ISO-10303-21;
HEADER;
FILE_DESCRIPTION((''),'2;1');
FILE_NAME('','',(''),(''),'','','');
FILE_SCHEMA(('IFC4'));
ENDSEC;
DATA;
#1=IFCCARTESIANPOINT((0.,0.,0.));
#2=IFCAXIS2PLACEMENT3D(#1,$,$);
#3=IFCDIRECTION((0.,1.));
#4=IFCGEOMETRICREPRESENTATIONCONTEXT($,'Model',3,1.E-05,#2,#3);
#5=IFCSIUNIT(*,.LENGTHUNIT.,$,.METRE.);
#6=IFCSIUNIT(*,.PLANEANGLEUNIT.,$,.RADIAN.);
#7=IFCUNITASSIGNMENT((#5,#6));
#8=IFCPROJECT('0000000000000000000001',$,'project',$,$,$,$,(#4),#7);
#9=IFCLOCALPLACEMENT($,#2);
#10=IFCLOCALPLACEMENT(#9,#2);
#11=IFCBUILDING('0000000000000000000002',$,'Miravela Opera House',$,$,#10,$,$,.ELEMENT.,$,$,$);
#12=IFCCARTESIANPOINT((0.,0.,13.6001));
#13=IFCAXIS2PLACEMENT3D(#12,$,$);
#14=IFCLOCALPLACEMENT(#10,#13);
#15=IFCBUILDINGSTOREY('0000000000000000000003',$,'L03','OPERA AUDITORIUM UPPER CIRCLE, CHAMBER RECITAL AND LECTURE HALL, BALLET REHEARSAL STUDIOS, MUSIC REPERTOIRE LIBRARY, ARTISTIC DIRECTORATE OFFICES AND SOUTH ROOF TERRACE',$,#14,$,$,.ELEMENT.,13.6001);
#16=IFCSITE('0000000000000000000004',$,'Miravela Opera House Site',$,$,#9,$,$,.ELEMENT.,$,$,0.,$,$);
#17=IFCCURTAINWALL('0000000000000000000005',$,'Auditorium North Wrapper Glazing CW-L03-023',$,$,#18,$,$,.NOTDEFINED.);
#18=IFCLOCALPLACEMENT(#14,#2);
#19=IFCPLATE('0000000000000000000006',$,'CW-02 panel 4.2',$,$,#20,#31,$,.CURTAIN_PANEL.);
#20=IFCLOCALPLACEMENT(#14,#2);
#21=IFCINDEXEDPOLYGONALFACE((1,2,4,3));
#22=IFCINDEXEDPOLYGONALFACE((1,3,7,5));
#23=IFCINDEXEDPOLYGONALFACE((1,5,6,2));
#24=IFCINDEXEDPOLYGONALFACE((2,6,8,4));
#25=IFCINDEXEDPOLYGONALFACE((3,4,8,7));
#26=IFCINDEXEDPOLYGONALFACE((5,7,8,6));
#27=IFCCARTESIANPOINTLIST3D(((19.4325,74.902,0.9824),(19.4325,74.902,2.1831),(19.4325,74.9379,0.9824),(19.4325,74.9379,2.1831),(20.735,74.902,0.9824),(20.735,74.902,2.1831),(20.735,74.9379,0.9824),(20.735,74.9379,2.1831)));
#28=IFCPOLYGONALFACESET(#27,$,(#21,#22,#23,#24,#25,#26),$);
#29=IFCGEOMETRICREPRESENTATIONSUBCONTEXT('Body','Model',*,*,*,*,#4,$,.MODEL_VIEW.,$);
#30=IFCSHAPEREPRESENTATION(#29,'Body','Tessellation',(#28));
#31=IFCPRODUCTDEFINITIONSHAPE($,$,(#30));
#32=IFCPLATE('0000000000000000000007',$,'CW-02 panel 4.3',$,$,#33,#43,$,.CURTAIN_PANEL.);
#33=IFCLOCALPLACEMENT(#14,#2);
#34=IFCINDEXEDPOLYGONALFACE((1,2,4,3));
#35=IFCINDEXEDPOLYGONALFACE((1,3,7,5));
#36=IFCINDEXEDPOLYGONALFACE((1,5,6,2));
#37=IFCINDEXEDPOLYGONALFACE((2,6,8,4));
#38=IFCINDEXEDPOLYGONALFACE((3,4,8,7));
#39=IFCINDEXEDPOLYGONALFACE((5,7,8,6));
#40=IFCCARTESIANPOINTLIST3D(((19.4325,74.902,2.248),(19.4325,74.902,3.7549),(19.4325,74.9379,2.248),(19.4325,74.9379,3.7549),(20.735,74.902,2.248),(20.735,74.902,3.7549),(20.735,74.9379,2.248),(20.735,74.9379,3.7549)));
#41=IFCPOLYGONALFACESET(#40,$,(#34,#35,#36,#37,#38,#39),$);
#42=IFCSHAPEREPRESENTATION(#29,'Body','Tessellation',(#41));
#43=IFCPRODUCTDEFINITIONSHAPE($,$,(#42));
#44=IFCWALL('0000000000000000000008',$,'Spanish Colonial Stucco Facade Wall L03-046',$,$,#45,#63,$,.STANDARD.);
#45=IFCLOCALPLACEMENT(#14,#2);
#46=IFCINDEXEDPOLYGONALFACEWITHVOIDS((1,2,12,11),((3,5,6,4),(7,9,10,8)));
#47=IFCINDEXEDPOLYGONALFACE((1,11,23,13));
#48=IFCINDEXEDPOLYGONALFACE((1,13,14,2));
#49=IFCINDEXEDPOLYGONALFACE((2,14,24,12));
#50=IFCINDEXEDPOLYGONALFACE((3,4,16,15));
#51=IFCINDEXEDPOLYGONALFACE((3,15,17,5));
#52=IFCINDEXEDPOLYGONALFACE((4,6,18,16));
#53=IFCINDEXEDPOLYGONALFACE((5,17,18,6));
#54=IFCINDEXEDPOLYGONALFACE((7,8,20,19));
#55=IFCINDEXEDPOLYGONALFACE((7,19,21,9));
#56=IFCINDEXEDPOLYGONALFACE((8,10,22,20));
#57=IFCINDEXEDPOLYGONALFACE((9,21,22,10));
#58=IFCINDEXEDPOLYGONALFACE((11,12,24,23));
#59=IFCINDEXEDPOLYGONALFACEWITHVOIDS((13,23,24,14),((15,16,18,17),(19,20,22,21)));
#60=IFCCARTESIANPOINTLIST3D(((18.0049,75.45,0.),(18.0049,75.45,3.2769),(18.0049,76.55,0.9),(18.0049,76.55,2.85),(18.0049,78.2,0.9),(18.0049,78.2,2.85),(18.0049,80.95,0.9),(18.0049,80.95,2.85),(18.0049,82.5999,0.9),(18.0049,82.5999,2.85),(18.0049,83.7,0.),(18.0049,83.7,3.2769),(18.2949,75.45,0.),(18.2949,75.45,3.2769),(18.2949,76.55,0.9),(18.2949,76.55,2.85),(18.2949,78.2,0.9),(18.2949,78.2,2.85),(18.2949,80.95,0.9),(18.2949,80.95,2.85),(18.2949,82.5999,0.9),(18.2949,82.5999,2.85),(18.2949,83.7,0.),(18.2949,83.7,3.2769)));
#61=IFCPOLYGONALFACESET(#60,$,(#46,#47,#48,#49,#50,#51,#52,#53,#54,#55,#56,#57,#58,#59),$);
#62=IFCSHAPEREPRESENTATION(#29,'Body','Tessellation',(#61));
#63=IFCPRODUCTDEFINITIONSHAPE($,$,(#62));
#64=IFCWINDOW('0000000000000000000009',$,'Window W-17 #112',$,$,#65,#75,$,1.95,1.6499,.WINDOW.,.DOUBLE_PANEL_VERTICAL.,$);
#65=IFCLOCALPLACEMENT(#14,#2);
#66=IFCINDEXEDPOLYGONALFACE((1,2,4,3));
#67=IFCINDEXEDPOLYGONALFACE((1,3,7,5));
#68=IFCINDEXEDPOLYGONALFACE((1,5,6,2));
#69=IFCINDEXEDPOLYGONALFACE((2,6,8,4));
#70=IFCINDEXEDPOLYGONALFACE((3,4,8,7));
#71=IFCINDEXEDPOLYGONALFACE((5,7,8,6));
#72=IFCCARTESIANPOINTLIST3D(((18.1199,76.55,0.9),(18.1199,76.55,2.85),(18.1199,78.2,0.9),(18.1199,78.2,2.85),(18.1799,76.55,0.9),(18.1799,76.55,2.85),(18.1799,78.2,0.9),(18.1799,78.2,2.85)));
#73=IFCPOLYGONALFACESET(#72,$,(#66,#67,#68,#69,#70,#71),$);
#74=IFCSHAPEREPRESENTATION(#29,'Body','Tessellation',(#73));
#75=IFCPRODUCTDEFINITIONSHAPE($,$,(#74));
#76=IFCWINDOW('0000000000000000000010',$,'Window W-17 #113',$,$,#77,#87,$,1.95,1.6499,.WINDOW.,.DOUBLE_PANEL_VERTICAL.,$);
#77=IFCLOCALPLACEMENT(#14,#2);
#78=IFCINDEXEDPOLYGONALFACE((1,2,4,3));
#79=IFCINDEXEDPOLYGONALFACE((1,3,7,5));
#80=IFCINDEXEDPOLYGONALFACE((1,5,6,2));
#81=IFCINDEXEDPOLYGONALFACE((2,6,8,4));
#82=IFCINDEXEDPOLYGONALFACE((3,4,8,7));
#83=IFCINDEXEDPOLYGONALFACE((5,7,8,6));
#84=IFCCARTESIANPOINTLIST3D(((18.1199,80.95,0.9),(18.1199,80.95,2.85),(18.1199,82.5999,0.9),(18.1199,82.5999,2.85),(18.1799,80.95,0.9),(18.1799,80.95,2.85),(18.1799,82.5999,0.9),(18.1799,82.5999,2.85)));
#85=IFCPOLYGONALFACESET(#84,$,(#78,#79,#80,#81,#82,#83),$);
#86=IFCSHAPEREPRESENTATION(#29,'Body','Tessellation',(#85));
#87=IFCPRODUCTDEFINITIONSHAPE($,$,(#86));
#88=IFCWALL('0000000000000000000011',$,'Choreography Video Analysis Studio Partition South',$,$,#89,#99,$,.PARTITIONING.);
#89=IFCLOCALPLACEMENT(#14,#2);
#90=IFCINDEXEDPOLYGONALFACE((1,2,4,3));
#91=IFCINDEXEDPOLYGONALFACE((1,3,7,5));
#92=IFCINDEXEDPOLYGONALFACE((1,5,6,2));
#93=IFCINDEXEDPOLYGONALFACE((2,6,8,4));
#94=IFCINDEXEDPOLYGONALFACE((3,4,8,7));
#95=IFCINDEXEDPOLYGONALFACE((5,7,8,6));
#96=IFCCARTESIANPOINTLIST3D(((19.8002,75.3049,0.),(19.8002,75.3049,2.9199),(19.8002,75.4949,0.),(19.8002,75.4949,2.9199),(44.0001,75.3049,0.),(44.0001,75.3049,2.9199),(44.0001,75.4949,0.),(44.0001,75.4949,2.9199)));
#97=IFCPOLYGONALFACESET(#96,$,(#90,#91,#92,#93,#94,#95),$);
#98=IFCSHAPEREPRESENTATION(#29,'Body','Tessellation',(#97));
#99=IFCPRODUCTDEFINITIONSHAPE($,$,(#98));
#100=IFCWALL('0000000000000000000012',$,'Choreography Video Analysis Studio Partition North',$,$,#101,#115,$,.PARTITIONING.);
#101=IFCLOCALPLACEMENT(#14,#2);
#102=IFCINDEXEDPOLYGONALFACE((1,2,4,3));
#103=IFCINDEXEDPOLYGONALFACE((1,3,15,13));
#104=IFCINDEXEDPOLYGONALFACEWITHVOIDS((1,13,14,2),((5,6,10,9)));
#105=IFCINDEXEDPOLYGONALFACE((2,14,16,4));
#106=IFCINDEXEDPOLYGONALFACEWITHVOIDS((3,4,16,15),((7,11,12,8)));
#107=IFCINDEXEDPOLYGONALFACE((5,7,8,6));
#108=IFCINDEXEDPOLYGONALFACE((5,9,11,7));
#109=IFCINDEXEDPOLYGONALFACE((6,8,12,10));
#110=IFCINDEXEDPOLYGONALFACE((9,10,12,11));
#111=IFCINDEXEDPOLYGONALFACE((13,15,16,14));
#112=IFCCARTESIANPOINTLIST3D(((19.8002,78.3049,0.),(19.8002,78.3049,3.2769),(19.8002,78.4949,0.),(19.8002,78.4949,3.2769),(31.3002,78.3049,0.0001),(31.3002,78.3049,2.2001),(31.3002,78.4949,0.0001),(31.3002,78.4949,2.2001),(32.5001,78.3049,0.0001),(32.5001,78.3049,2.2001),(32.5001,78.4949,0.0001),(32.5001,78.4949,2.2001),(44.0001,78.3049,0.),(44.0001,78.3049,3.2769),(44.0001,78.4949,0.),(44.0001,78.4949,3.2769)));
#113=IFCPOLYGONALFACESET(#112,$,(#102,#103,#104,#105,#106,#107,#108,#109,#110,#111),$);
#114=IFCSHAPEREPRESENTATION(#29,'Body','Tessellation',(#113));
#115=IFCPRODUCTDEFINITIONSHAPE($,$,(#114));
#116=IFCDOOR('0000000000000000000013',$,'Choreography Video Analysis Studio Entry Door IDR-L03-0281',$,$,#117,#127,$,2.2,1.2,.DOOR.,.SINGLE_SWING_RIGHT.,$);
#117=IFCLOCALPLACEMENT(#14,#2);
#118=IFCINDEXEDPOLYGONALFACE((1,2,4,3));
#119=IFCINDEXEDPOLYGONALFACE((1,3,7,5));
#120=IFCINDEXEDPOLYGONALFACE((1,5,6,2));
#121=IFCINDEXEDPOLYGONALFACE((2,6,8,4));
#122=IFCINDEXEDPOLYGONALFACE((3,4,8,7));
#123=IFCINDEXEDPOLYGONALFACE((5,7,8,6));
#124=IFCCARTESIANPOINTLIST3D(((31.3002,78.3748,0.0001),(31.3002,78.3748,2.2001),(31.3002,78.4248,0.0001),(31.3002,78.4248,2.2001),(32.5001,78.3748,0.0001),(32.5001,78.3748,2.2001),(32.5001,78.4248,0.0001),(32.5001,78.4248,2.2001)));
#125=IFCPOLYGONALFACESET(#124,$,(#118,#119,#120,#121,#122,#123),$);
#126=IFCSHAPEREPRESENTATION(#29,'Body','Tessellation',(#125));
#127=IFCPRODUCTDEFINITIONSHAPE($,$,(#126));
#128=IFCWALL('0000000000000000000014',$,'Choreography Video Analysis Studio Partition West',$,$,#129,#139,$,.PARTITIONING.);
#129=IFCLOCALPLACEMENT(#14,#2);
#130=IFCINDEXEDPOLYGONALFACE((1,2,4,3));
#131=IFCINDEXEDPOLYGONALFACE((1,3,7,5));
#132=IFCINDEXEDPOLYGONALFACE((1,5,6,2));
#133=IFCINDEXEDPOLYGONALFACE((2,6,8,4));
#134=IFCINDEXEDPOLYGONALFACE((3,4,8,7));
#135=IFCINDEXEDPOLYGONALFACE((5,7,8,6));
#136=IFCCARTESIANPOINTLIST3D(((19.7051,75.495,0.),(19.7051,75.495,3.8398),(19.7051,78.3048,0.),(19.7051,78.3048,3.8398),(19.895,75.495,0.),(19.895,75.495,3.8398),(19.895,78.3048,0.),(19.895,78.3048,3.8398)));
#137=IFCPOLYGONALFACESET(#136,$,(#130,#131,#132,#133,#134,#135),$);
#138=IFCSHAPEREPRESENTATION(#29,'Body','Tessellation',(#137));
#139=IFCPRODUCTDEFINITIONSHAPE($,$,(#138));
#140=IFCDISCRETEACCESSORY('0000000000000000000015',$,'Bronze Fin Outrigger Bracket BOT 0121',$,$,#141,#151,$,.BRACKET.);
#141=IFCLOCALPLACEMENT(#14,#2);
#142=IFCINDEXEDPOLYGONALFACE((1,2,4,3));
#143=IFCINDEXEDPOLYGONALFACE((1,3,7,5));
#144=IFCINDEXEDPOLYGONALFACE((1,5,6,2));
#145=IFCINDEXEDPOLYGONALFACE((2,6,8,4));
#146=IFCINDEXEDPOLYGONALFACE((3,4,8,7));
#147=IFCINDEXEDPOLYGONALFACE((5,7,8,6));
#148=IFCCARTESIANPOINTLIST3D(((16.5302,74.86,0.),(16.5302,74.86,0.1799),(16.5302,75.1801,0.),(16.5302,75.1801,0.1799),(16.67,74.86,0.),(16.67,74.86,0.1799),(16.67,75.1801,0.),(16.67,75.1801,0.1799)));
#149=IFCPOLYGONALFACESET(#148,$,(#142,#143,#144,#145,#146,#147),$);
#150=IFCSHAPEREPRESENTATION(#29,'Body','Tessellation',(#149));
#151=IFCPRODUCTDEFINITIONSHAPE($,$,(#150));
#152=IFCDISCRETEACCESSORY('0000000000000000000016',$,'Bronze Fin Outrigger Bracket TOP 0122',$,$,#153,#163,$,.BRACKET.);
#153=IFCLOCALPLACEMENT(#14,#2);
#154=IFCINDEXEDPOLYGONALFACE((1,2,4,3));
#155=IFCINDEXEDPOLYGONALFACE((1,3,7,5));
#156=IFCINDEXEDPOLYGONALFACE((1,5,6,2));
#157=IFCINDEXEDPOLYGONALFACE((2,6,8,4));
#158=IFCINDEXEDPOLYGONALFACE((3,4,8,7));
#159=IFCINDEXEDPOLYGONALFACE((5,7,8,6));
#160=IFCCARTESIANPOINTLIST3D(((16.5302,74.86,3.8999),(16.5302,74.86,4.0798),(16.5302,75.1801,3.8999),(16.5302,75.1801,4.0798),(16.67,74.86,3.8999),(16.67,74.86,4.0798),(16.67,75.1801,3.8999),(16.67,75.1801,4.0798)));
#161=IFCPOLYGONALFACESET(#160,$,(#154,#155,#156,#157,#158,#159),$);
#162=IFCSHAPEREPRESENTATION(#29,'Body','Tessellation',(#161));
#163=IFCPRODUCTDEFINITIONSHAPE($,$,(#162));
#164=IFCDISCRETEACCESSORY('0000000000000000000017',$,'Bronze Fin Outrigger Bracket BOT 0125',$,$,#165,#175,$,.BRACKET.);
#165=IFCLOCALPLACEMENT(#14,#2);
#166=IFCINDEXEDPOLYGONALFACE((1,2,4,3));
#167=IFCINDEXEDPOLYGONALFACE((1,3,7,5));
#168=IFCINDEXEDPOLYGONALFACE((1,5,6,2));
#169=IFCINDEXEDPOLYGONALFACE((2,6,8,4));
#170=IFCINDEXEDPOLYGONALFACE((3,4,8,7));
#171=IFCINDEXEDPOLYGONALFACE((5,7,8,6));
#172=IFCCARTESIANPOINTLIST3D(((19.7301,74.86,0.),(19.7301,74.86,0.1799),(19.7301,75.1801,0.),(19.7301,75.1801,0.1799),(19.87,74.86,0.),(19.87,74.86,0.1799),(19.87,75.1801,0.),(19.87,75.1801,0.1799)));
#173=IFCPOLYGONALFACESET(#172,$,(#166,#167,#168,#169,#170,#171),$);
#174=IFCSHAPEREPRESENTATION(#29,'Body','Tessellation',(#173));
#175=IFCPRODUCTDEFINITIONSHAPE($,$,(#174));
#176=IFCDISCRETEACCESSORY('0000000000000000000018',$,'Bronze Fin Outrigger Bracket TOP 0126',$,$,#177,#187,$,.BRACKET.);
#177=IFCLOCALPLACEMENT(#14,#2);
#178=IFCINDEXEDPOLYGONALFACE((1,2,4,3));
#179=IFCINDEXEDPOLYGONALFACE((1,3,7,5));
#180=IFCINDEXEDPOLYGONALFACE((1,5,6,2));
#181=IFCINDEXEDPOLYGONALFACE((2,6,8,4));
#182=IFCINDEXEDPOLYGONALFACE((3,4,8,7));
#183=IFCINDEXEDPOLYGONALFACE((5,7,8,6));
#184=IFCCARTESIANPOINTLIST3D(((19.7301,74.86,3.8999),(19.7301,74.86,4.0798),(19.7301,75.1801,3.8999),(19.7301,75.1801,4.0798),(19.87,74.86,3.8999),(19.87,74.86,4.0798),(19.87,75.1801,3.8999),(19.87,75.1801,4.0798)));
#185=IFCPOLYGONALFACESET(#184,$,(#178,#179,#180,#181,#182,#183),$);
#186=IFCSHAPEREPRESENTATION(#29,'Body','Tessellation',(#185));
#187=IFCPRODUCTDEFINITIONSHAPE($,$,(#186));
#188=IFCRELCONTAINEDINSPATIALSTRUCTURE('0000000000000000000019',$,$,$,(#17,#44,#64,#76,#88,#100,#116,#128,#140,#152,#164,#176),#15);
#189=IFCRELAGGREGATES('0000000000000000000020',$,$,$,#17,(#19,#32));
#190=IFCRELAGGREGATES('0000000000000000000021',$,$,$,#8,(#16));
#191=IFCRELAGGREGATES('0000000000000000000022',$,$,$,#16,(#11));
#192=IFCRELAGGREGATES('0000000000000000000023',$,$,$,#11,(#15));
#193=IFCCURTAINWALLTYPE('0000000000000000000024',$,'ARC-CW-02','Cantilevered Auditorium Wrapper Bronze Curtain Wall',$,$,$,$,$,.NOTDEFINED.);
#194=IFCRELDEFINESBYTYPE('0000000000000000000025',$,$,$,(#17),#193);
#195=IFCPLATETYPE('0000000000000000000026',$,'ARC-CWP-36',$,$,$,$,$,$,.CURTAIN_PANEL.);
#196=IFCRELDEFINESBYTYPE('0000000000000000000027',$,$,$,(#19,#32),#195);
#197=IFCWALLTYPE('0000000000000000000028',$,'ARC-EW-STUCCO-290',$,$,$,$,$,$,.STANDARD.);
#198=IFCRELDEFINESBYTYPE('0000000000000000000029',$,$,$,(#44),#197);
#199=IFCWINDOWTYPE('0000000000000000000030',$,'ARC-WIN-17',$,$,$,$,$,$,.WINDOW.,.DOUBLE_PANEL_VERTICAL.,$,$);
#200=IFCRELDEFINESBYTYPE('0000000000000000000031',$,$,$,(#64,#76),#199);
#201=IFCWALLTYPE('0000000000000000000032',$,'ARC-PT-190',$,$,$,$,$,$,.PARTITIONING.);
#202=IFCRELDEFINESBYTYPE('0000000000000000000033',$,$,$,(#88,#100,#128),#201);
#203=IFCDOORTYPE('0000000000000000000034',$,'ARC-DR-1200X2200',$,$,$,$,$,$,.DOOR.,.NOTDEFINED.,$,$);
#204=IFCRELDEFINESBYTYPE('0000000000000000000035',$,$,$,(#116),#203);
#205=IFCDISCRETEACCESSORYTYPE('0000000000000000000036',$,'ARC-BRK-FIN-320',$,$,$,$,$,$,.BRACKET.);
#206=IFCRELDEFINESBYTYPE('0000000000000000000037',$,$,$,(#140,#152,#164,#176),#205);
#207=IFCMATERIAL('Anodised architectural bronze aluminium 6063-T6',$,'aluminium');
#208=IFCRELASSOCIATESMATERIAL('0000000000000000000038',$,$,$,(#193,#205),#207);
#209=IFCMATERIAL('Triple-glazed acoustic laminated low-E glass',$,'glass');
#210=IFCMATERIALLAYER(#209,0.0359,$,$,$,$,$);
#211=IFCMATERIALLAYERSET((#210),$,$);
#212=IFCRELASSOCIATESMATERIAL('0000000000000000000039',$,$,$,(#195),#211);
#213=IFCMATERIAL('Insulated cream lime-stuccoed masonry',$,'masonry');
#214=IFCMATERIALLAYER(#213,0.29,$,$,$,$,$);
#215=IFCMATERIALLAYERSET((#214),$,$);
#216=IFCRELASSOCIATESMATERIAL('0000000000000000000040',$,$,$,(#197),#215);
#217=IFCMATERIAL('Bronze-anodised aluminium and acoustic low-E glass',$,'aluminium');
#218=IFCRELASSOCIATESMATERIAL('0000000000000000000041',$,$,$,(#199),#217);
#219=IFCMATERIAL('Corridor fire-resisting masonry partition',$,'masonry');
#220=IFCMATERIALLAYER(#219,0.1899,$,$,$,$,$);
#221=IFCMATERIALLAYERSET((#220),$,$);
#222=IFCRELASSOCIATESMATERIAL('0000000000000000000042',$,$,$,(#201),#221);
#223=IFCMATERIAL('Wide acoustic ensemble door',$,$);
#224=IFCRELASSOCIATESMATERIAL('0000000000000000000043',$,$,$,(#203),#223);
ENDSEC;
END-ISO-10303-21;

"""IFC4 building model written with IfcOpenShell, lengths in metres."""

from ifc_helpers import new_model, si_unit, direction, frame, frame_2d, origin, origin_2d, place, context, subcontext, project, spatial, rectangle, extrude, material, layer, layer_set, type_object, element, fill, aggregate, save


model = new_model("IFC4")

# Units and contexts
model_context = context("Model", 3, precision=1e-05, world=origin(), true_north=direction((0.0, 1.0)))
body_context = subcontext(model_context, "Body", "Model", "MODEL_VIEW")
ifc_project = project(units=[si_unit("LENGTHUNIT", "METRE"), si_unit("PLANEANGLEUNIT", "RADIAN")], contexts=[model_context])

# Site, building, storey
site_placement = place(None, origin())
site = spatial("IfcSite", under=ifc_project, at=site_placement, Name="Miravela Opera House Site", CompositionType="ELEMENT", RefElevation=0.0)
building_placement = place(site_placement, origin())
building = spatial("IfcBuilding", under=site, at=building_placement, Name="Miravela Opera House", CompositionType="ELEMENT")
storey_placement = place(building_placement, frame((0.0, 0.0, 13.6001)))
storey = spatial("IfcBuildingStorey", under=building, at=storey_placement, Name="L03", Description="OPERA AUDITORIUM UPPER CIRCLE, CHAMBER RECITAL AND LECTURE HALL, BALLET REHEARSAL STUDIOS, MUSIC REPERTOIRE LIBRARY, ARTISTIC DIRECTORATE OFFICES AND SOUTH ROOF TERRACE", CompositionType="ELEMENT", Elevation=13.6001)

# Curtain wall
ifc_material_1 = material(Name="Anodised architectural bronze aluminium 6063-T6", Category="aluminium")
curtain_wall_type = type_object("IfcCurtainWallType", Name="ARC-CW-02", Description="Cantilevered Auditorium Wrapper Bronze Curtain Wall", PredefinedType="NOTDEFINED", material=ifc_material_1)
curtain_wall_placement = place(storey_placement, origin())
curtain_wall = element("IfcCurtainWall", 1, at=curtain_wall_placement, inside=storey, type_object=curtain_wall_type, Name="Auditorium North Wrapper Glazing CW-L03-023", PredefinedType="NOTDEFINED")

# Plates
ifc_material_2 = material(Name="Triple-glazed acoustic laminated low-E glass", Category="glass")
ifc_layer_1 = layer(ifc_material_2, 0.0359)
ifc_layer_set_1 = layer_set([ifc_layer_1])
plate_type = type_object("IfcPlateType", Name="ARC-CWP-36", PredefinedType="CURTAIN_PANEL", material=ifc_layer_set_1)
plate_1_placement = place(storey_placement, frame((20.0837, 74.9199, 0.9824), z_axis=(0.0, 0.0, 1.0), x_axis=(1.0, 0.0, 0.0)))
plate_1 = element("IfcPlate", 2, at=plate_1_placement, type_object=plate_type, Name="CW-02 panel 4.2", PredefinedType="CURTAIN_PANEL", context=body_context, shape_type="SweptSolid", body=[
    extrude(rectangle(XDim=1.3025, YDim=0.0359, at=origin_2d()), origin(), (0.0, 0.0, 1.0), 1.2007),
])
plate_2_placement = place(storey_placement, frame((20.0837, 74.9199, 2.248), z_axis=(0.0, 0.0, 1.0), x_axis=(1.0, 0.0, 0.0)))
plate_2 = element("IfcPlate", 3, at=plate_2_placement, type_object=plate_type, Name="CW-02 panel 4.3", PredefinedType="CURTAIN_PANEL", context=body_context, shape_type="SweptSolid", body=[
    extrude(rectangle(XDim=1.3025, YDim=0.0359, at=origin_2d()), origin(), (0.0, 0.0, 1.0), 1.5068),
])
aggregate(curtain_wall, [plate_1, plate_2])

# Wall, openings, windows
ifc_material_3 = material(Name="Insulated cream lime-stuccoed masonry", Category="masonry")
ifc_layer_2 = layer(ifc_material_3, 0.29)
ifc_layer_set_2 = layer_set([ifc_layer_2])
wall_type_1 = type_object("IfcWallType", Name="ARC-EW-STUCCO-290", PredefinedType="STANDARD", material=ifc_layer_set_2)
wall_1_placement = place(storey_placement, frame((18.1499, 75.45, 0.0), z_axis=(0.0, 0.0, 1.0), x_axis=(0.0, 1.0, 0.0)))
wall_1 = element("IfcWall", 4, at=wall_1_placement, inside=storey, type_object=wall_type_1, Name="Spanish Colonial Stucco Facade Wall L03-046", PredefinedType="STANDARD", context=body_context, shape_type="SweptSolid", body=[
    extrude(rectangle(XDim=8.25, YDim=0.29, at=frame_2d((4.125, 0.0))), origin(), (0.0, 0.0, 1.0), 3.2769),
])
opening_1_placement = place(wall_1_placement, frame((1.1001, 0.0, 0.8999)))
opening_1 = element("IfcOpeningElement", 5, at=opening_1_placement, cuts=wall_1, PredefinedType="OPENING", context=body_context, shape_type="SweptSolid", body=[
    extrude(rectangle(XDim=1.6499, YDim=1.95, at=frame_2d((0.825, 0.9751))), frame((0.0, 0.155, 0.0), z_axis=(0.0, -1.0, 0.0), x_axis=(1.0, 0.0, 0.0)), (0.0, 0.0, 1.0), 0.3101),
])
opening_2_placement = place(wall_1_placement, frame((5.5, 0.0, 0.8999)))
opening_2 = element("IfcOpeningElement", 6, at=opening_2_placement, cuts=wall_1, PredefinedType="OPENING", context=body_context, shape_type="SweptSolid", body=[
    extrude(rectangle(XDim=1.6499, YDim=1.95, at=frame_2d((0.825, 0.9751))), frame((0.0, 0.155, 0.0), z_axis=(0.0, -1.0, 0.0), x_axis=(1.0, 0.0, 0.0)), (0.0, 0.0, 1.0), 0.3101),
])
ifc_material_4 = material(Name="Bronze-anodised aluminium and acoustic low-E glass", Category="aluminium")
window_type = type_object("IfcWindowType", Name="ARC-WIN-17", PartitioningType="DOUBLE_PANEL_VERTICAL", PredefinedType="WINDOW", material=ifc_material_4)
window_1_placement = place(opening_1_placement, origin())
window_1 = element("IfcWindow", 7, at=window_1_placement, inside=storey, type_object=window_type, Name="Window W-17 #112", OverallHeight=1.95, OverallWidth=1.6499, PartitioningType="DOUBLE_PANEL_VERTICAL", PredefinedType="WINDOW", context=body_context, shape_type="SweptSolid", body=[
    extrude(rectangle(XDim=1.6499, YDim=1.95, at=frame_2d((0.825, 0.9751))), frame((0.0, 0.03, 0.0), z_axis=(0.0, -1.0, 0.0), x_axis=(1.0, 0.0, 0.0)), (0.0, 0.0, 1.0), 0.0601),
])
fill(opening_1, window_1)
window_2_placement = place(opening_2_placement, origin())
window_2 = element("IfcWindow", 8, at=window_2_placement, inside=storey, type_object=window_type, Name="Window W-17 #113", OverallHeight=1.95, OverallWidth=1.6499, PartitioningType="DOUBLE_PANEL_VERTICAL", PredefinedType="WINDOW", context=body_context, shape_type="SweptSolid", body=[
    extrude(rectangle(XDim=1.6499, YDim=1.95, at=frame_2d((0.825, 0.9751))), frame((0.0, 0.03, 0.0), z_axis=(0.0, -1.0, 0.0), x_axis=(1.0, 0.0, 0.0)), (0.0, 0.0, 1.0), 0.0601),
])
fill(opening_2, window_2)

# Wall
ifc_material_5 = material(Name="Corridor fire-resisting masonry partition", Category="masonry")
ifc_layer_3 = layer(ifc_material_5, 0.1899)
ifc_layer_set_3 = layer_set([ifc_layer_3])
wall_type_2 = type_object("IfcWallType", Name="ARC-PT-190", PredefinedType="PARTITIONING", material=ifc_layer_set_3)
wall_2_placement = place(storey_placement, frame((19.8, 75.3999, 0.0), z_axis=(0.0, 0.0, 1.0), x_axis=(1.0, 0.0, 0.0)))
element("IfcWall", 9, at=wall_2_placement, inside=storey, type_object=wall_type_2, Name="Choreography Video Analysis Studio Partition South", PredefinedType="PARTITIONING", context=body_context, shape_type="SweptSolid", body=[
    extrude(rectangle(XDim=24.2, YDim=0.1899, at=frame_2d((12.1001, 0.0))), origin(), (0.0, 0.0, 1.0), 2.9199),
])

# Wall, opening, door
wall_3_placement = place(storey_placement, frame((19.8, 78.3999, 0.0), z_axis=(0.0, 0.0, 1.0), x_axis=(1.0, 0.0, 0.0)))
wall_3 = element("IfcWall", 10, at=wall_3_placement, inside=storey, type_object=wall_type_2, Name="Choreography Video Analysis Studio Partition North", PredefinedType="PARTITIONING", context=body_context, shape_type="SweptSolid", body=[
    extrude(rectangle(XDim=24.2, YDim=0.1899, at=frame_2d((12.1001, 0.0))), origin(), (0.0, 0.0, 1.0), 3.2769),
])
opening_3_placement = place(wall_3_placement, frame((11.5, 0.0, 0.0)))
opening_3 = element("IfcOpeningElement", 11, at=opening_3_placement, cuts=wall_3, PredefinedType="OPENING", context=body_context, shape_type="SweptSolid", body=[
    extrude(rectangle(XDim=1.2, YDim=2.2, at=frame_2d((0.6001, 1.1001))), frame((0.0, 0.105, 0.0), z_axis=(0.0, -1.0, 0.0), x_axis=(1.0, 0.0, 0.0)), (0.0, 0.0, 1.0), 0.21),
])
ifc_material_6 = material(Name="Wide acoustic ensemble door")
door_type = type_object("IfcDoorType", Name="ARC-DR-1200X2200", OperationType="NOTDEFINED", PredefinedType="DOOR", material=ifc_material_6)
door_placement = place(opening_3_placement, origin())
door = element("IfcDoor", 12, at=door_placement, inside=storey, type_object=door_type, Name="Choreography Video Analysis Studio Entry Door IDR-L03-0281", OperationType="SINGLE_SWING_RIGHT", OverallHeight=2.2, OverallWidth=1.2, PredefinedType="DOOR", context=body_context, shape_type="SweptSolid", body=[
    extrude(rectangle(XDim=1.2, YDim=2.2, at=frame_2d((0.6001, 1.1001))), frame((0.0, 0.0249, 0.0), z_axis=(0.0, -1.0, 0.0), x_axis=(1.0, 0.0, 0.0)), (0.0, 0.0, 1.0), 0.05),
])
fill(opening_3, door)

# Wall
wall_4_placement = place(storey_placement, frame((19.8, 75.4951, 0.0), z_axis=(0.0, 0.0, 1.0), x_axis=(0.0, 1.0, 0.0)))
element("IfcWall", 13, at=wall_4_placement, inside=storey, type_object=wall_type_2, Name="Choreography Video Analysis Studio Partition West", PredefinedType="PARTITIONING", context=body_context, shape_type="SweptSolid", body=[
    extrude(rectangle(XDim=2.8098, YDim=0.1899, at=frame_2d((1.4048, 0.0))), origin(), (0.0, 0.0, 1.0), 3.8398),
])

# Discrete accessories
discrete_accessory_type = type_object("IfcDiscreteAccessoryType", Name="ARC-BRK-FIN-320", PredefinedType="BRACKET", material=ifc_material_1)
for number, where, z_axis, x_axis, name in (
    (14, (16.6001, 75.02, 0.0), (0.0, 0.0, 1.0), (0.0, 1.0, 0.0), "Bronze Fin Outrigger Bracket BOT 0121"),
    (15, (16.6001, 75.02, 3.8999), (0.0, 0.0, 1.0), (0.0, 1.0, 0.0), "Bronze Fin Outrigger Bracket TOP 0122"),
    (16, (19.8, 75.02, 0.0), (0.0, 0.0, 1.0), (0.0, 1.0, 0.0), "Bronze Fin Outrigger Bracket BOT 0125"),
    (17, (19.8, 75.02, 3.8999), (0.0, 0.0, 1.0), (0.0, 1.0, 0.0), "Bronze Fin Outrigger Bracket TOP 0126"),
):
    element("IfcDiscreteAccessory", number, at=place(storey_placement, frame(where, z_axis=z_axis, x_axis=x_axis)), inside=storey, type_object=discrete_accessory_type, Name=name, PredefinedType="BRACKET", context=body_context, shape_type="SweptSolid", body=[
        extrude(rectangle(XDim=0.3201, YDim=0.1399, at=origin_2d()), origin(), (0.0, 0.0, 1.0), 0.1799),
    ])

save(model, "model.ifc")
